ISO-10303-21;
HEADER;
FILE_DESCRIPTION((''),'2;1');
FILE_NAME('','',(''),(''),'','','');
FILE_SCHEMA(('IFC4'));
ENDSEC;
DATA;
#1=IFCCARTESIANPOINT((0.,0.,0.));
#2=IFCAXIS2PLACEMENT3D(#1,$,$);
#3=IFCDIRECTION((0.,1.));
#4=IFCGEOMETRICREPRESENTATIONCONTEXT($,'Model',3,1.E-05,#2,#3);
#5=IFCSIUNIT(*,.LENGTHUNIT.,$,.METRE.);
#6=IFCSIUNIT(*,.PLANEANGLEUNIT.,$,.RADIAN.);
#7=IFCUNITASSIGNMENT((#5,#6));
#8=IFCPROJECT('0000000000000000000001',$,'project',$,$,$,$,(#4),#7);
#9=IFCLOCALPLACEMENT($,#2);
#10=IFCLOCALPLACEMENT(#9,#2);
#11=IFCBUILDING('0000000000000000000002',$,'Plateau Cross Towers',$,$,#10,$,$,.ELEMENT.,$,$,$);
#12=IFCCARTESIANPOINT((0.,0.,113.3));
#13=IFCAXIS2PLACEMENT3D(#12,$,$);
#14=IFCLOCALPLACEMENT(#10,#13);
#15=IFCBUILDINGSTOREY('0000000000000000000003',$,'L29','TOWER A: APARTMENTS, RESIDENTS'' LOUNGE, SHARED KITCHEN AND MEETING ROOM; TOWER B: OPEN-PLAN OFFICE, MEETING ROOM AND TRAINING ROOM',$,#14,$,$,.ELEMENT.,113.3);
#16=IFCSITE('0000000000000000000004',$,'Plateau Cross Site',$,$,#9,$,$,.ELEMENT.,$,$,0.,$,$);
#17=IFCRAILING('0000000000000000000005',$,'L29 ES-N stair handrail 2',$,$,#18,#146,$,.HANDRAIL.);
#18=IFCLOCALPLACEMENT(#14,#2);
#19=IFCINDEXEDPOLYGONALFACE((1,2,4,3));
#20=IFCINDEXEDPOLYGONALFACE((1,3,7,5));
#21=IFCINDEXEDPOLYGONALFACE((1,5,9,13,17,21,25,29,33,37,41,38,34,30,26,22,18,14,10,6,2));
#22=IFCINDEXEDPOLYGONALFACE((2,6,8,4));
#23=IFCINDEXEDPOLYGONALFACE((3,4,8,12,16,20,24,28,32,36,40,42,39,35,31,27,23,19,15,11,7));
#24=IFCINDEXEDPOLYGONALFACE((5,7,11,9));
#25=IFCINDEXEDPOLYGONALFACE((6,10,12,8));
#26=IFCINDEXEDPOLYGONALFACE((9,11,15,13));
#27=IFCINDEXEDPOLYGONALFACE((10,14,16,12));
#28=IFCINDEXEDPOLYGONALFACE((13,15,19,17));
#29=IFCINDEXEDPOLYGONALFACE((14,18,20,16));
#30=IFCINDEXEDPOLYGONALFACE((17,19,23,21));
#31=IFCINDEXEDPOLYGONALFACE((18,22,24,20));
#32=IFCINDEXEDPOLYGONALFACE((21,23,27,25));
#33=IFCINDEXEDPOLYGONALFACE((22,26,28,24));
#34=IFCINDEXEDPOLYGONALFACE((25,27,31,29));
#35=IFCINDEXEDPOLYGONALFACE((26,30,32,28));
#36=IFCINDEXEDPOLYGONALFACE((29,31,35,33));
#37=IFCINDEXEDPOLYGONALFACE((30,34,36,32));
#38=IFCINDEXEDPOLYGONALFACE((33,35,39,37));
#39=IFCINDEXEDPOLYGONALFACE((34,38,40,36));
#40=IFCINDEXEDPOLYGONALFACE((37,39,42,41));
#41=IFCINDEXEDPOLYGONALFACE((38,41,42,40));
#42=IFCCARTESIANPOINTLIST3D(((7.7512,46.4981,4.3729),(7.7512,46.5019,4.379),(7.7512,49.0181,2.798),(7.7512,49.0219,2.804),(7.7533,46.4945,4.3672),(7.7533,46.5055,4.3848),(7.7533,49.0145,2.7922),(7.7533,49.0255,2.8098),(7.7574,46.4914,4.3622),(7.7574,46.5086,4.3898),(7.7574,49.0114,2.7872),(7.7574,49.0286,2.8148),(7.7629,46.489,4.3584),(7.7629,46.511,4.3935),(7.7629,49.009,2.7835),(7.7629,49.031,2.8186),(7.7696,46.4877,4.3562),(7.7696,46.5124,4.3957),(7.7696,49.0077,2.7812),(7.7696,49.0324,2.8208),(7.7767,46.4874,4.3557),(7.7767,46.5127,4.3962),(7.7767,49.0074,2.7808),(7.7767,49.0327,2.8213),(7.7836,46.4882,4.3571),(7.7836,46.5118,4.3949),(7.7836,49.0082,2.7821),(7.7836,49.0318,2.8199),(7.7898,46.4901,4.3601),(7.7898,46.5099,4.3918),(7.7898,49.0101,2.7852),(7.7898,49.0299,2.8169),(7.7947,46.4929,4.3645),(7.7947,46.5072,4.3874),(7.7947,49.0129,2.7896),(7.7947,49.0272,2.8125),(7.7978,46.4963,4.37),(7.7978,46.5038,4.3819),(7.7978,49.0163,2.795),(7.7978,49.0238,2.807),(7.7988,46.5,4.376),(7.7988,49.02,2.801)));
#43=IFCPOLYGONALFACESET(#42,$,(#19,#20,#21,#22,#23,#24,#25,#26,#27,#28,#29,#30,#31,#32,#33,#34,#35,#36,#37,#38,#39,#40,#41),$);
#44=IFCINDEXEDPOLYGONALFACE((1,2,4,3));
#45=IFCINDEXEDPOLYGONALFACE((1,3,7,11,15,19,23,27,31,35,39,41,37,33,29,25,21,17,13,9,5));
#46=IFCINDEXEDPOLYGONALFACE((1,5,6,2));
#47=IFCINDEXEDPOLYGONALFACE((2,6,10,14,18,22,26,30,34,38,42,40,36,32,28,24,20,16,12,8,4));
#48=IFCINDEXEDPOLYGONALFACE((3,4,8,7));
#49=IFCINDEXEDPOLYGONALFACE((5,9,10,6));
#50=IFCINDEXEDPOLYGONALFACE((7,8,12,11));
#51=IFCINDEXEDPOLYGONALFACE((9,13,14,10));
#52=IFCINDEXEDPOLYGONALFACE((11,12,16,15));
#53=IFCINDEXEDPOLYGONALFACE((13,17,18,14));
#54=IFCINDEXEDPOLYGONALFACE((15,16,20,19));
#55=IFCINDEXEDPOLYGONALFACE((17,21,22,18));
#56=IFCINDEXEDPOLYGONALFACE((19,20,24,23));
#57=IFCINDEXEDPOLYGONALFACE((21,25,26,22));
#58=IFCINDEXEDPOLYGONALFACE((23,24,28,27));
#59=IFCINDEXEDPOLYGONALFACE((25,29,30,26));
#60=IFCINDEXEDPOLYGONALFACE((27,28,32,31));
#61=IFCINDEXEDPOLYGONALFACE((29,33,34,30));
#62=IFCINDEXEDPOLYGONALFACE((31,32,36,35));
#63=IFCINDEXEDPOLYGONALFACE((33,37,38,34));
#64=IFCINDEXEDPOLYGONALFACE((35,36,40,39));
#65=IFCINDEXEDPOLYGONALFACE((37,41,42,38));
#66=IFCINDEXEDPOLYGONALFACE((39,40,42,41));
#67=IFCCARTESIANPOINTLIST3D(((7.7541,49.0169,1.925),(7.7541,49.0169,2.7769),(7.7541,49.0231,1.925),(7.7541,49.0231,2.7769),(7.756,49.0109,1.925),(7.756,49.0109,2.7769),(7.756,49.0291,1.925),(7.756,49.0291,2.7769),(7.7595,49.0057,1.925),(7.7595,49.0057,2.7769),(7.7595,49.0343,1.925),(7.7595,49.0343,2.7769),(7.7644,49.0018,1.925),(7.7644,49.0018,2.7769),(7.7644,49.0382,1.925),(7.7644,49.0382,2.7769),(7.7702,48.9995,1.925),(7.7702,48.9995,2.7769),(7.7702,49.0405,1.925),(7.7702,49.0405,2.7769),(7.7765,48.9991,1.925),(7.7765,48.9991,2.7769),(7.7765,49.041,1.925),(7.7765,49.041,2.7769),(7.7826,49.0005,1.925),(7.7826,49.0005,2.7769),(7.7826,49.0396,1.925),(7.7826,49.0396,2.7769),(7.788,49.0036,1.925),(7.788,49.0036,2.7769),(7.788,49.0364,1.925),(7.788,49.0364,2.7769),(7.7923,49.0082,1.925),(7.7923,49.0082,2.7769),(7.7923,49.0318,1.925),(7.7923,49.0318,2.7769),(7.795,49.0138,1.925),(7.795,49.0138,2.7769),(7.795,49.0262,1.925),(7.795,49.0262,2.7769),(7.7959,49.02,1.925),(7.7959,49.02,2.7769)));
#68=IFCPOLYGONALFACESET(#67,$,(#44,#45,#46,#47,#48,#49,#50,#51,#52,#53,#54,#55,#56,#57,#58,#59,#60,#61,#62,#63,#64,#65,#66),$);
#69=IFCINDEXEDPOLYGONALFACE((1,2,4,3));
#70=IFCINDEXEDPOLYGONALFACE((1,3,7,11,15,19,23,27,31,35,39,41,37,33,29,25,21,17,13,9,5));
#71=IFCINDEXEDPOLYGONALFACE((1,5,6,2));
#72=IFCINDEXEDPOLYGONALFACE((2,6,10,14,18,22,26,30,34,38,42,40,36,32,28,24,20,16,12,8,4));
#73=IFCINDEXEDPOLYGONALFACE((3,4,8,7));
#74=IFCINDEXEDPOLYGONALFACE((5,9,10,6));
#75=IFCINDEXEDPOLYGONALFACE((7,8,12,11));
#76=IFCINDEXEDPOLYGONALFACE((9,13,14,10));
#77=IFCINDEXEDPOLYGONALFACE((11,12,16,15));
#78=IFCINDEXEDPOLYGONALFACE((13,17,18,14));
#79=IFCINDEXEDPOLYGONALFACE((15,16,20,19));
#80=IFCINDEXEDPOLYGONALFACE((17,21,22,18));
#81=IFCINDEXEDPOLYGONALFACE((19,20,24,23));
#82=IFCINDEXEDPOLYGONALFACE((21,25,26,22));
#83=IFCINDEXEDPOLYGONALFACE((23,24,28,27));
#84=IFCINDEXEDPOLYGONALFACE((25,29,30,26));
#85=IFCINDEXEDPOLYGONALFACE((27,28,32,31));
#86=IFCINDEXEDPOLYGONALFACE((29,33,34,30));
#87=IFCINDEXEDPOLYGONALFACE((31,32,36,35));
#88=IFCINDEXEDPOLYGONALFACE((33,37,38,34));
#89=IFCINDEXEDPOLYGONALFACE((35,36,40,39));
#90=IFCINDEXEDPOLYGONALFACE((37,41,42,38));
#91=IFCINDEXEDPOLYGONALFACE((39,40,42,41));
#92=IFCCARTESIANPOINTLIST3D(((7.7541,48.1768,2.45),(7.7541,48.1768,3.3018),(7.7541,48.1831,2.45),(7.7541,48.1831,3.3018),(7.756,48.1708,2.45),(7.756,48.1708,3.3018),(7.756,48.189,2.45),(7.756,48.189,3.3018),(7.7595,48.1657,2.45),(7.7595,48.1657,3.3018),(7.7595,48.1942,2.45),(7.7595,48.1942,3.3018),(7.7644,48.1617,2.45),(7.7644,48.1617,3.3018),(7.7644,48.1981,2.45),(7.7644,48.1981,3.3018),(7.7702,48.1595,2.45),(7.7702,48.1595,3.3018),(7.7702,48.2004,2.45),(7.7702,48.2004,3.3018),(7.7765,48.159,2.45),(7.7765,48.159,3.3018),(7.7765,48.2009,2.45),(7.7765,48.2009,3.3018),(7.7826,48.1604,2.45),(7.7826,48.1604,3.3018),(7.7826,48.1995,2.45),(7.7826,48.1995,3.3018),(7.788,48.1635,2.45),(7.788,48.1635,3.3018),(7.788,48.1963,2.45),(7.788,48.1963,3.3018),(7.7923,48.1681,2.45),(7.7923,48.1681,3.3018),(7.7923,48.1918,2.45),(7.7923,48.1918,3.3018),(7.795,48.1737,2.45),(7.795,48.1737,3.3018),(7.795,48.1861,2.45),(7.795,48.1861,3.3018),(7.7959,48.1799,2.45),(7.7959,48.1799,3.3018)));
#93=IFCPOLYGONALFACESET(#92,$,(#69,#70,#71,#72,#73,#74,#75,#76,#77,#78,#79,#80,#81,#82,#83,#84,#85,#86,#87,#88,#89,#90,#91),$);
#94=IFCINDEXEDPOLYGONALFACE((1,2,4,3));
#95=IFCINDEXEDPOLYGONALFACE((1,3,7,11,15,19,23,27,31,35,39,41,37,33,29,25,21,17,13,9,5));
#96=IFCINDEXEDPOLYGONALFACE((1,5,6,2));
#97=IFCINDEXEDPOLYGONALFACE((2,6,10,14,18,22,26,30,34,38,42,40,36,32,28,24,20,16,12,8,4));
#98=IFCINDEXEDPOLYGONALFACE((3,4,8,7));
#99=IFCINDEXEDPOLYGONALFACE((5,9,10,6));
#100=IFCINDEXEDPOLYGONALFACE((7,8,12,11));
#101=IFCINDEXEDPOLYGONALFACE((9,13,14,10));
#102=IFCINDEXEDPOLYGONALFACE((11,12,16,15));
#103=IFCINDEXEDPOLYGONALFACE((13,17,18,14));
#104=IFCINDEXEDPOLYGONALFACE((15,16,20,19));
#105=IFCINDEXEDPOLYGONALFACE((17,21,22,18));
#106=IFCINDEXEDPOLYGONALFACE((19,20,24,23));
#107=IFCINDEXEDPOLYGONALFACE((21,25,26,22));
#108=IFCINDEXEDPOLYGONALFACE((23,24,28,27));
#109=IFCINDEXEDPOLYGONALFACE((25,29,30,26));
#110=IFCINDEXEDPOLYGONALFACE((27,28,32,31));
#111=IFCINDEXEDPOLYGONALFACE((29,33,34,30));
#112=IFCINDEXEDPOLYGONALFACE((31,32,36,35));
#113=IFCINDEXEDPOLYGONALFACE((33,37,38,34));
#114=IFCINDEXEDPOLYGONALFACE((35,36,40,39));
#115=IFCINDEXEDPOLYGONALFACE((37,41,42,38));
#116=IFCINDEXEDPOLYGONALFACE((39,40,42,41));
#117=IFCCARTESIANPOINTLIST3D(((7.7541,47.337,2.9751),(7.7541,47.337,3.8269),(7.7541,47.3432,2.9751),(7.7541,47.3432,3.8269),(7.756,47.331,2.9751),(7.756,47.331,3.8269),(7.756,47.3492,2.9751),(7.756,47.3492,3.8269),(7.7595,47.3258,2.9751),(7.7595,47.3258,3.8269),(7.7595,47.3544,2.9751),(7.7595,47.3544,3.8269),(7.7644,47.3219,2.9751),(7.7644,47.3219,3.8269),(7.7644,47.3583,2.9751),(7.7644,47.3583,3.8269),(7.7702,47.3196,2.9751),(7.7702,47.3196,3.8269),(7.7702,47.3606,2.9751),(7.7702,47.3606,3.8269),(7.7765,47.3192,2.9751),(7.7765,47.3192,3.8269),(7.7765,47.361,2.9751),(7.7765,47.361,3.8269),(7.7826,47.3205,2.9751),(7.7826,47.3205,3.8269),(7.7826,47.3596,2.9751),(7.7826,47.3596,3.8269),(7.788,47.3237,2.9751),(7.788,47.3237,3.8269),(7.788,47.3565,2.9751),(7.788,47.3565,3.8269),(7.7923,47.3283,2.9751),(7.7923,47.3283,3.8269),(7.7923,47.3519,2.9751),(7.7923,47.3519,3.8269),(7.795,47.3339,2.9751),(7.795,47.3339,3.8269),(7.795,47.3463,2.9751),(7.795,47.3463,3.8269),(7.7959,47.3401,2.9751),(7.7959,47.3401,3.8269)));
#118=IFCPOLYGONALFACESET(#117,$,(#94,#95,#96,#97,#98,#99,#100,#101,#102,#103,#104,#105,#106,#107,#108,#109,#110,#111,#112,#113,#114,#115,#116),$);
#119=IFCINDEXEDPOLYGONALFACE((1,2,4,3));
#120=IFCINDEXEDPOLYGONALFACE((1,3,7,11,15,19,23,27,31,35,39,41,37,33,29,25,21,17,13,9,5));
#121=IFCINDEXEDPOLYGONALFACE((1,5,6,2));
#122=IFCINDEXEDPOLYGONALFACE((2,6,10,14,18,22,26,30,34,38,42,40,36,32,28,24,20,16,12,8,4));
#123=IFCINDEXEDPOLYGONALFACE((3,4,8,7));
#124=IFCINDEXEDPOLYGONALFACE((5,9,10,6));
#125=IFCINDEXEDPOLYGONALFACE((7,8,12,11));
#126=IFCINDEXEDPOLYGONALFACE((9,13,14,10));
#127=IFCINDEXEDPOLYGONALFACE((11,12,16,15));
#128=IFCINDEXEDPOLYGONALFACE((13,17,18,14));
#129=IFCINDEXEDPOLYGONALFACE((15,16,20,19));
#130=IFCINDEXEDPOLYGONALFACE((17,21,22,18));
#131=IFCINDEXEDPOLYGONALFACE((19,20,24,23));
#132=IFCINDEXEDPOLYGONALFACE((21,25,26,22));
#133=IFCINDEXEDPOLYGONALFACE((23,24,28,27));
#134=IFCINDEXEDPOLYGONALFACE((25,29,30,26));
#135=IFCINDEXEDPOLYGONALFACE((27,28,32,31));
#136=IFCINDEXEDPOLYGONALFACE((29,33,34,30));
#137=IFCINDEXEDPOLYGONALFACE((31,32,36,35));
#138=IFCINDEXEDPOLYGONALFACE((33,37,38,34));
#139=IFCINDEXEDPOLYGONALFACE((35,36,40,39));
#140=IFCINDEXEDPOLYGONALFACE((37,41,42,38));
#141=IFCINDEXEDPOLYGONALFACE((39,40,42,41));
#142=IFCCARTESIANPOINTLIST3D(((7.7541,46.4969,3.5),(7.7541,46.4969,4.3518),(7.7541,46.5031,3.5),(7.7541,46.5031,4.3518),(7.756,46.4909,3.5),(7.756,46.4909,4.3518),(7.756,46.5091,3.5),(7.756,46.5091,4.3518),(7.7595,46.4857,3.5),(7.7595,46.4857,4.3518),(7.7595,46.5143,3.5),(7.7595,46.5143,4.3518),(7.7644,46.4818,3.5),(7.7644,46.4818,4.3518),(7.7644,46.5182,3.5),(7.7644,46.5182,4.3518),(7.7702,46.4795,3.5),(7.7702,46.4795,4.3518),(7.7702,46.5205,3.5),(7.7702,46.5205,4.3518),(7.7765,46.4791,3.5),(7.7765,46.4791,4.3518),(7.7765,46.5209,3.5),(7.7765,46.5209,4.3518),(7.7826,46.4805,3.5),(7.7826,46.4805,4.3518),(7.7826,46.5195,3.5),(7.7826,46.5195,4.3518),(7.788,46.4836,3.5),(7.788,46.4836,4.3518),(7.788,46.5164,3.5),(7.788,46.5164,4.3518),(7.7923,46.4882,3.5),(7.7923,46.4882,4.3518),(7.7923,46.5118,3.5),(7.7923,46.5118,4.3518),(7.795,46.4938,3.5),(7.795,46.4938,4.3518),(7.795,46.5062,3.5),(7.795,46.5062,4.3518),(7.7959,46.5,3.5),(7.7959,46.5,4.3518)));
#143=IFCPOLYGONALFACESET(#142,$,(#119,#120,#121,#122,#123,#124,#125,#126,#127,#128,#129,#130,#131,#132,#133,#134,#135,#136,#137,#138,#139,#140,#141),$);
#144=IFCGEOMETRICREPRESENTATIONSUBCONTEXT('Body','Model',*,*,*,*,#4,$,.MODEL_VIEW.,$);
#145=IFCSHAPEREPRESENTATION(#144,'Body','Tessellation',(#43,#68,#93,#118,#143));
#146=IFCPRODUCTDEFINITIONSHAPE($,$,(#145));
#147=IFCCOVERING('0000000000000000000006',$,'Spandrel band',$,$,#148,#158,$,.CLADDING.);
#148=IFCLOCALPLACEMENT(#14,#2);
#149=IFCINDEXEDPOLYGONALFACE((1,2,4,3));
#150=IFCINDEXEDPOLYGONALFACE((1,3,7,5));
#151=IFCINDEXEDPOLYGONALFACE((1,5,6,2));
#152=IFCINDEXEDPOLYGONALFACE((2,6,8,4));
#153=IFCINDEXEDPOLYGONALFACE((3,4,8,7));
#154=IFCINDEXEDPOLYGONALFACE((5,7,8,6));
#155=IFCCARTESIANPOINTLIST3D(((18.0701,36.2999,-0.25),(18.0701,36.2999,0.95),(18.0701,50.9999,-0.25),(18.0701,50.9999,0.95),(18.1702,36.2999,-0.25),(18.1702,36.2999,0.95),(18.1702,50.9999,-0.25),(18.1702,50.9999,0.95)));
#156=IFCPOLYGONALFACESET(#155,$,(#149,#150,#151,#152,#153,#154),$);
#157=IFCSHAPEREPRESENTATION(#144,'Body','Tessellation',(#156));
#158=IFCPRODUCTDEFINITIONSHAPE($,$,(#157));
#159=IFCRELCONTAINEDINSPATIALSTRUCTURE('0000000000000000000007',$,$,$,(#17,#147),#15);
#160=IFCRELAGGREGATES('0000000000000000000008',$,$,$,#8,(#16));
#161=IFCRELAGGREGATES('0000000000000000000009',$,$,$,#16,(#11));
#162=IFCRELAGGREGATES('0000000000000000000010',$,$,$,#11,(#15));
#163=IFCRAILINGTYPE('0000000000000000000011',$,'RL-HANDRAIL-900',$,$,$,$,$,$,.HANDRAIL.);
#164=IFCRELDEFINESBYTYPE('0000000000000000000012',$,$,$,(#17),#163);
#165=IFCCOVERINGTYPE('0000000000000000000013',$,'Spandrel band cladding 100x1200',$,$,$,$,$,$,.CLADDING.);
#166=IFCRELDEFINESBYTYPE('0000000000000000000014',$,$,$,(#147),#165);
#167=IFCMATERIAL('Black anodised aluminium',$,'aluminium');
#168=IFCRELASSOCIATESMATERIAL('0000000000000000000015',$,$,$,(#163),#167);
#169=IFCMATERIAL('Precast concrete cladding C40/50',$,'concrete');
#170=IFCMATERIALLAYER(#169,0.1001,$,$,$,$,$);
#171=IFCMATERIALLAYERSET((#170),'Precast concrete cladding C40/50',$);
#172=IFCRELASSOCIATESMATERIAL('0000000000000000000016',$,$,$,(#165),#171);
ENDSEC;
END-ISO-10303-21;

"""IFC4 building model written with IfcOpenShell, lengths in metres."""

from ifc_helpers import new_model, si_unit, direction, frame, origin, origin_2d, place, context, subcontext, project, spatial, rectangle, circle, extrude, material, layer, layer_set, type_object, element, save


model = new_model("IFC4")

# Units and contexts
model_context = context("Model", 3, precision=1e-05, world=origin(), true_north=direction((0.0, 1.0)))
body_context = subcontext(model_context, "Body", "Model", "MODEL_VIEW")
ifc_project = project(units=[si_unit("LENGTHUNIT", "METRE"), si_unit("PLANEANGLEUNIT", "RADIAN")], contexts=[model_context])

# Site, building, storey
site_placement = place(None, origin())
site = spatial("IfcSite", under=ifc_project, at=site_placement, Name="Plateau Cross Site", CompositionType="ELEMENT", RefElevation=0.0)
building_placement = place(site_placement, origin())
building = spatial("IfcBuilding", under=site, at=building_placement, Name="Plateau Cross Towers", CompositionType="ELEMENT")
storey_placement = place(building_placement, frame((0.0, 0.0, 113.3)))
storey = spatial("IfcBuildingStorey", under=building, at=storey_placement, Name="L29", Description="TOWER A: APARTMENTS, RESIDENTS' LOUNGE, SHARED KITCHEN AND MEETING ROOM; TOWER B: OPEN-PLAN OFFICE, MEETING ROOM AND TRAINING ROOM", CompositionType="ELEMENT", Elevation=113.3)

# Shared definitions
ifc_material_1 = material(Name="Black anodised aluminium", Category="aluminium")

# Railing
railing_type_1 = type_object("IfcRailingType", Name="RL-HANDRAIL-900", PredefinedType="HANDRAIL", material=ifc_material_1)
railing_1_placement = place(storey_placement, frame((7.7749, 49.02, 1.925)))
element("IfcRailing", 1, at=railing_1_placement, inside=storey, type_object=railing_type_1, Name="L29 ES-N stair handrail 2", PredefinedType="HANDRAIL", context=body_context, shape_type="SweptSolid", body=[
    extrude(circle(Radius=0.0239, at=origin_2d()), frame((0.0, 0.0, 0.876), z_axis=(0.0, -0.848008, 0.529984), x_axis=(1.0, 0.0, 0.0)), (0.0, 0.0, 1.0), 2.9717),
    extrude(circle(Radius=0.021, at=origin_2d()), origin(), (0.0, 0.0, 1.0), 0.8518),
    extrude(circle(Radius=0.021, at=origin_2d()), frame((0.0, -0.8401, 0.5249)), (0.0, 0.0, 1.0), 0.8518),
    extrude(circle(Radius=0.021, at=origin_2d()), frame((0.0, -1.6799, 1.05)), (0.0, 0.0, 1.0), 0.8518),
    extrude(circle(Radius=0.021, at=origin_2d()), frame((0.0, -2.52, 1.575)), (0.0, 0.0, 1.0), 0.8518),
])

# Covering
ifc_material_2 = material(Name="Precast concrete cladding C40/50", Category="concrete")
ifc_layer_1 = layer(ifc_material_2, 0.1001)
ifc_layer_set_1 = layer_set([ifc_layer_1], Name="Precast concrete cladding C40/50")
covering_type = type_object("IfcCoveringType", Name="Spandrel band cladding 100x1200", PredefinedType="CLADDING", material=ifc_layer_set_1)
covering_placement = place(storey_placement, frame((18.1201, 43.6499, -0.25), z_axis=(0.0, 0.0, 1.0), x_axis=(0.0, 1.0, 0.0)))
element("IfcCovering", 2, at=covering_placement, inside=storey, type_object=covering_type, Name="Spandrel band", PredefinedType="CLADDING", context=body_context, shape_type="SweptSolid", body=[
    extrude(rectangle(XDim=14.7, YDim=0.1001, at=origin_2d()), origin(), (0.0, 0.0, 1.0), 1.2),
])

save(model, "model.ifc")
